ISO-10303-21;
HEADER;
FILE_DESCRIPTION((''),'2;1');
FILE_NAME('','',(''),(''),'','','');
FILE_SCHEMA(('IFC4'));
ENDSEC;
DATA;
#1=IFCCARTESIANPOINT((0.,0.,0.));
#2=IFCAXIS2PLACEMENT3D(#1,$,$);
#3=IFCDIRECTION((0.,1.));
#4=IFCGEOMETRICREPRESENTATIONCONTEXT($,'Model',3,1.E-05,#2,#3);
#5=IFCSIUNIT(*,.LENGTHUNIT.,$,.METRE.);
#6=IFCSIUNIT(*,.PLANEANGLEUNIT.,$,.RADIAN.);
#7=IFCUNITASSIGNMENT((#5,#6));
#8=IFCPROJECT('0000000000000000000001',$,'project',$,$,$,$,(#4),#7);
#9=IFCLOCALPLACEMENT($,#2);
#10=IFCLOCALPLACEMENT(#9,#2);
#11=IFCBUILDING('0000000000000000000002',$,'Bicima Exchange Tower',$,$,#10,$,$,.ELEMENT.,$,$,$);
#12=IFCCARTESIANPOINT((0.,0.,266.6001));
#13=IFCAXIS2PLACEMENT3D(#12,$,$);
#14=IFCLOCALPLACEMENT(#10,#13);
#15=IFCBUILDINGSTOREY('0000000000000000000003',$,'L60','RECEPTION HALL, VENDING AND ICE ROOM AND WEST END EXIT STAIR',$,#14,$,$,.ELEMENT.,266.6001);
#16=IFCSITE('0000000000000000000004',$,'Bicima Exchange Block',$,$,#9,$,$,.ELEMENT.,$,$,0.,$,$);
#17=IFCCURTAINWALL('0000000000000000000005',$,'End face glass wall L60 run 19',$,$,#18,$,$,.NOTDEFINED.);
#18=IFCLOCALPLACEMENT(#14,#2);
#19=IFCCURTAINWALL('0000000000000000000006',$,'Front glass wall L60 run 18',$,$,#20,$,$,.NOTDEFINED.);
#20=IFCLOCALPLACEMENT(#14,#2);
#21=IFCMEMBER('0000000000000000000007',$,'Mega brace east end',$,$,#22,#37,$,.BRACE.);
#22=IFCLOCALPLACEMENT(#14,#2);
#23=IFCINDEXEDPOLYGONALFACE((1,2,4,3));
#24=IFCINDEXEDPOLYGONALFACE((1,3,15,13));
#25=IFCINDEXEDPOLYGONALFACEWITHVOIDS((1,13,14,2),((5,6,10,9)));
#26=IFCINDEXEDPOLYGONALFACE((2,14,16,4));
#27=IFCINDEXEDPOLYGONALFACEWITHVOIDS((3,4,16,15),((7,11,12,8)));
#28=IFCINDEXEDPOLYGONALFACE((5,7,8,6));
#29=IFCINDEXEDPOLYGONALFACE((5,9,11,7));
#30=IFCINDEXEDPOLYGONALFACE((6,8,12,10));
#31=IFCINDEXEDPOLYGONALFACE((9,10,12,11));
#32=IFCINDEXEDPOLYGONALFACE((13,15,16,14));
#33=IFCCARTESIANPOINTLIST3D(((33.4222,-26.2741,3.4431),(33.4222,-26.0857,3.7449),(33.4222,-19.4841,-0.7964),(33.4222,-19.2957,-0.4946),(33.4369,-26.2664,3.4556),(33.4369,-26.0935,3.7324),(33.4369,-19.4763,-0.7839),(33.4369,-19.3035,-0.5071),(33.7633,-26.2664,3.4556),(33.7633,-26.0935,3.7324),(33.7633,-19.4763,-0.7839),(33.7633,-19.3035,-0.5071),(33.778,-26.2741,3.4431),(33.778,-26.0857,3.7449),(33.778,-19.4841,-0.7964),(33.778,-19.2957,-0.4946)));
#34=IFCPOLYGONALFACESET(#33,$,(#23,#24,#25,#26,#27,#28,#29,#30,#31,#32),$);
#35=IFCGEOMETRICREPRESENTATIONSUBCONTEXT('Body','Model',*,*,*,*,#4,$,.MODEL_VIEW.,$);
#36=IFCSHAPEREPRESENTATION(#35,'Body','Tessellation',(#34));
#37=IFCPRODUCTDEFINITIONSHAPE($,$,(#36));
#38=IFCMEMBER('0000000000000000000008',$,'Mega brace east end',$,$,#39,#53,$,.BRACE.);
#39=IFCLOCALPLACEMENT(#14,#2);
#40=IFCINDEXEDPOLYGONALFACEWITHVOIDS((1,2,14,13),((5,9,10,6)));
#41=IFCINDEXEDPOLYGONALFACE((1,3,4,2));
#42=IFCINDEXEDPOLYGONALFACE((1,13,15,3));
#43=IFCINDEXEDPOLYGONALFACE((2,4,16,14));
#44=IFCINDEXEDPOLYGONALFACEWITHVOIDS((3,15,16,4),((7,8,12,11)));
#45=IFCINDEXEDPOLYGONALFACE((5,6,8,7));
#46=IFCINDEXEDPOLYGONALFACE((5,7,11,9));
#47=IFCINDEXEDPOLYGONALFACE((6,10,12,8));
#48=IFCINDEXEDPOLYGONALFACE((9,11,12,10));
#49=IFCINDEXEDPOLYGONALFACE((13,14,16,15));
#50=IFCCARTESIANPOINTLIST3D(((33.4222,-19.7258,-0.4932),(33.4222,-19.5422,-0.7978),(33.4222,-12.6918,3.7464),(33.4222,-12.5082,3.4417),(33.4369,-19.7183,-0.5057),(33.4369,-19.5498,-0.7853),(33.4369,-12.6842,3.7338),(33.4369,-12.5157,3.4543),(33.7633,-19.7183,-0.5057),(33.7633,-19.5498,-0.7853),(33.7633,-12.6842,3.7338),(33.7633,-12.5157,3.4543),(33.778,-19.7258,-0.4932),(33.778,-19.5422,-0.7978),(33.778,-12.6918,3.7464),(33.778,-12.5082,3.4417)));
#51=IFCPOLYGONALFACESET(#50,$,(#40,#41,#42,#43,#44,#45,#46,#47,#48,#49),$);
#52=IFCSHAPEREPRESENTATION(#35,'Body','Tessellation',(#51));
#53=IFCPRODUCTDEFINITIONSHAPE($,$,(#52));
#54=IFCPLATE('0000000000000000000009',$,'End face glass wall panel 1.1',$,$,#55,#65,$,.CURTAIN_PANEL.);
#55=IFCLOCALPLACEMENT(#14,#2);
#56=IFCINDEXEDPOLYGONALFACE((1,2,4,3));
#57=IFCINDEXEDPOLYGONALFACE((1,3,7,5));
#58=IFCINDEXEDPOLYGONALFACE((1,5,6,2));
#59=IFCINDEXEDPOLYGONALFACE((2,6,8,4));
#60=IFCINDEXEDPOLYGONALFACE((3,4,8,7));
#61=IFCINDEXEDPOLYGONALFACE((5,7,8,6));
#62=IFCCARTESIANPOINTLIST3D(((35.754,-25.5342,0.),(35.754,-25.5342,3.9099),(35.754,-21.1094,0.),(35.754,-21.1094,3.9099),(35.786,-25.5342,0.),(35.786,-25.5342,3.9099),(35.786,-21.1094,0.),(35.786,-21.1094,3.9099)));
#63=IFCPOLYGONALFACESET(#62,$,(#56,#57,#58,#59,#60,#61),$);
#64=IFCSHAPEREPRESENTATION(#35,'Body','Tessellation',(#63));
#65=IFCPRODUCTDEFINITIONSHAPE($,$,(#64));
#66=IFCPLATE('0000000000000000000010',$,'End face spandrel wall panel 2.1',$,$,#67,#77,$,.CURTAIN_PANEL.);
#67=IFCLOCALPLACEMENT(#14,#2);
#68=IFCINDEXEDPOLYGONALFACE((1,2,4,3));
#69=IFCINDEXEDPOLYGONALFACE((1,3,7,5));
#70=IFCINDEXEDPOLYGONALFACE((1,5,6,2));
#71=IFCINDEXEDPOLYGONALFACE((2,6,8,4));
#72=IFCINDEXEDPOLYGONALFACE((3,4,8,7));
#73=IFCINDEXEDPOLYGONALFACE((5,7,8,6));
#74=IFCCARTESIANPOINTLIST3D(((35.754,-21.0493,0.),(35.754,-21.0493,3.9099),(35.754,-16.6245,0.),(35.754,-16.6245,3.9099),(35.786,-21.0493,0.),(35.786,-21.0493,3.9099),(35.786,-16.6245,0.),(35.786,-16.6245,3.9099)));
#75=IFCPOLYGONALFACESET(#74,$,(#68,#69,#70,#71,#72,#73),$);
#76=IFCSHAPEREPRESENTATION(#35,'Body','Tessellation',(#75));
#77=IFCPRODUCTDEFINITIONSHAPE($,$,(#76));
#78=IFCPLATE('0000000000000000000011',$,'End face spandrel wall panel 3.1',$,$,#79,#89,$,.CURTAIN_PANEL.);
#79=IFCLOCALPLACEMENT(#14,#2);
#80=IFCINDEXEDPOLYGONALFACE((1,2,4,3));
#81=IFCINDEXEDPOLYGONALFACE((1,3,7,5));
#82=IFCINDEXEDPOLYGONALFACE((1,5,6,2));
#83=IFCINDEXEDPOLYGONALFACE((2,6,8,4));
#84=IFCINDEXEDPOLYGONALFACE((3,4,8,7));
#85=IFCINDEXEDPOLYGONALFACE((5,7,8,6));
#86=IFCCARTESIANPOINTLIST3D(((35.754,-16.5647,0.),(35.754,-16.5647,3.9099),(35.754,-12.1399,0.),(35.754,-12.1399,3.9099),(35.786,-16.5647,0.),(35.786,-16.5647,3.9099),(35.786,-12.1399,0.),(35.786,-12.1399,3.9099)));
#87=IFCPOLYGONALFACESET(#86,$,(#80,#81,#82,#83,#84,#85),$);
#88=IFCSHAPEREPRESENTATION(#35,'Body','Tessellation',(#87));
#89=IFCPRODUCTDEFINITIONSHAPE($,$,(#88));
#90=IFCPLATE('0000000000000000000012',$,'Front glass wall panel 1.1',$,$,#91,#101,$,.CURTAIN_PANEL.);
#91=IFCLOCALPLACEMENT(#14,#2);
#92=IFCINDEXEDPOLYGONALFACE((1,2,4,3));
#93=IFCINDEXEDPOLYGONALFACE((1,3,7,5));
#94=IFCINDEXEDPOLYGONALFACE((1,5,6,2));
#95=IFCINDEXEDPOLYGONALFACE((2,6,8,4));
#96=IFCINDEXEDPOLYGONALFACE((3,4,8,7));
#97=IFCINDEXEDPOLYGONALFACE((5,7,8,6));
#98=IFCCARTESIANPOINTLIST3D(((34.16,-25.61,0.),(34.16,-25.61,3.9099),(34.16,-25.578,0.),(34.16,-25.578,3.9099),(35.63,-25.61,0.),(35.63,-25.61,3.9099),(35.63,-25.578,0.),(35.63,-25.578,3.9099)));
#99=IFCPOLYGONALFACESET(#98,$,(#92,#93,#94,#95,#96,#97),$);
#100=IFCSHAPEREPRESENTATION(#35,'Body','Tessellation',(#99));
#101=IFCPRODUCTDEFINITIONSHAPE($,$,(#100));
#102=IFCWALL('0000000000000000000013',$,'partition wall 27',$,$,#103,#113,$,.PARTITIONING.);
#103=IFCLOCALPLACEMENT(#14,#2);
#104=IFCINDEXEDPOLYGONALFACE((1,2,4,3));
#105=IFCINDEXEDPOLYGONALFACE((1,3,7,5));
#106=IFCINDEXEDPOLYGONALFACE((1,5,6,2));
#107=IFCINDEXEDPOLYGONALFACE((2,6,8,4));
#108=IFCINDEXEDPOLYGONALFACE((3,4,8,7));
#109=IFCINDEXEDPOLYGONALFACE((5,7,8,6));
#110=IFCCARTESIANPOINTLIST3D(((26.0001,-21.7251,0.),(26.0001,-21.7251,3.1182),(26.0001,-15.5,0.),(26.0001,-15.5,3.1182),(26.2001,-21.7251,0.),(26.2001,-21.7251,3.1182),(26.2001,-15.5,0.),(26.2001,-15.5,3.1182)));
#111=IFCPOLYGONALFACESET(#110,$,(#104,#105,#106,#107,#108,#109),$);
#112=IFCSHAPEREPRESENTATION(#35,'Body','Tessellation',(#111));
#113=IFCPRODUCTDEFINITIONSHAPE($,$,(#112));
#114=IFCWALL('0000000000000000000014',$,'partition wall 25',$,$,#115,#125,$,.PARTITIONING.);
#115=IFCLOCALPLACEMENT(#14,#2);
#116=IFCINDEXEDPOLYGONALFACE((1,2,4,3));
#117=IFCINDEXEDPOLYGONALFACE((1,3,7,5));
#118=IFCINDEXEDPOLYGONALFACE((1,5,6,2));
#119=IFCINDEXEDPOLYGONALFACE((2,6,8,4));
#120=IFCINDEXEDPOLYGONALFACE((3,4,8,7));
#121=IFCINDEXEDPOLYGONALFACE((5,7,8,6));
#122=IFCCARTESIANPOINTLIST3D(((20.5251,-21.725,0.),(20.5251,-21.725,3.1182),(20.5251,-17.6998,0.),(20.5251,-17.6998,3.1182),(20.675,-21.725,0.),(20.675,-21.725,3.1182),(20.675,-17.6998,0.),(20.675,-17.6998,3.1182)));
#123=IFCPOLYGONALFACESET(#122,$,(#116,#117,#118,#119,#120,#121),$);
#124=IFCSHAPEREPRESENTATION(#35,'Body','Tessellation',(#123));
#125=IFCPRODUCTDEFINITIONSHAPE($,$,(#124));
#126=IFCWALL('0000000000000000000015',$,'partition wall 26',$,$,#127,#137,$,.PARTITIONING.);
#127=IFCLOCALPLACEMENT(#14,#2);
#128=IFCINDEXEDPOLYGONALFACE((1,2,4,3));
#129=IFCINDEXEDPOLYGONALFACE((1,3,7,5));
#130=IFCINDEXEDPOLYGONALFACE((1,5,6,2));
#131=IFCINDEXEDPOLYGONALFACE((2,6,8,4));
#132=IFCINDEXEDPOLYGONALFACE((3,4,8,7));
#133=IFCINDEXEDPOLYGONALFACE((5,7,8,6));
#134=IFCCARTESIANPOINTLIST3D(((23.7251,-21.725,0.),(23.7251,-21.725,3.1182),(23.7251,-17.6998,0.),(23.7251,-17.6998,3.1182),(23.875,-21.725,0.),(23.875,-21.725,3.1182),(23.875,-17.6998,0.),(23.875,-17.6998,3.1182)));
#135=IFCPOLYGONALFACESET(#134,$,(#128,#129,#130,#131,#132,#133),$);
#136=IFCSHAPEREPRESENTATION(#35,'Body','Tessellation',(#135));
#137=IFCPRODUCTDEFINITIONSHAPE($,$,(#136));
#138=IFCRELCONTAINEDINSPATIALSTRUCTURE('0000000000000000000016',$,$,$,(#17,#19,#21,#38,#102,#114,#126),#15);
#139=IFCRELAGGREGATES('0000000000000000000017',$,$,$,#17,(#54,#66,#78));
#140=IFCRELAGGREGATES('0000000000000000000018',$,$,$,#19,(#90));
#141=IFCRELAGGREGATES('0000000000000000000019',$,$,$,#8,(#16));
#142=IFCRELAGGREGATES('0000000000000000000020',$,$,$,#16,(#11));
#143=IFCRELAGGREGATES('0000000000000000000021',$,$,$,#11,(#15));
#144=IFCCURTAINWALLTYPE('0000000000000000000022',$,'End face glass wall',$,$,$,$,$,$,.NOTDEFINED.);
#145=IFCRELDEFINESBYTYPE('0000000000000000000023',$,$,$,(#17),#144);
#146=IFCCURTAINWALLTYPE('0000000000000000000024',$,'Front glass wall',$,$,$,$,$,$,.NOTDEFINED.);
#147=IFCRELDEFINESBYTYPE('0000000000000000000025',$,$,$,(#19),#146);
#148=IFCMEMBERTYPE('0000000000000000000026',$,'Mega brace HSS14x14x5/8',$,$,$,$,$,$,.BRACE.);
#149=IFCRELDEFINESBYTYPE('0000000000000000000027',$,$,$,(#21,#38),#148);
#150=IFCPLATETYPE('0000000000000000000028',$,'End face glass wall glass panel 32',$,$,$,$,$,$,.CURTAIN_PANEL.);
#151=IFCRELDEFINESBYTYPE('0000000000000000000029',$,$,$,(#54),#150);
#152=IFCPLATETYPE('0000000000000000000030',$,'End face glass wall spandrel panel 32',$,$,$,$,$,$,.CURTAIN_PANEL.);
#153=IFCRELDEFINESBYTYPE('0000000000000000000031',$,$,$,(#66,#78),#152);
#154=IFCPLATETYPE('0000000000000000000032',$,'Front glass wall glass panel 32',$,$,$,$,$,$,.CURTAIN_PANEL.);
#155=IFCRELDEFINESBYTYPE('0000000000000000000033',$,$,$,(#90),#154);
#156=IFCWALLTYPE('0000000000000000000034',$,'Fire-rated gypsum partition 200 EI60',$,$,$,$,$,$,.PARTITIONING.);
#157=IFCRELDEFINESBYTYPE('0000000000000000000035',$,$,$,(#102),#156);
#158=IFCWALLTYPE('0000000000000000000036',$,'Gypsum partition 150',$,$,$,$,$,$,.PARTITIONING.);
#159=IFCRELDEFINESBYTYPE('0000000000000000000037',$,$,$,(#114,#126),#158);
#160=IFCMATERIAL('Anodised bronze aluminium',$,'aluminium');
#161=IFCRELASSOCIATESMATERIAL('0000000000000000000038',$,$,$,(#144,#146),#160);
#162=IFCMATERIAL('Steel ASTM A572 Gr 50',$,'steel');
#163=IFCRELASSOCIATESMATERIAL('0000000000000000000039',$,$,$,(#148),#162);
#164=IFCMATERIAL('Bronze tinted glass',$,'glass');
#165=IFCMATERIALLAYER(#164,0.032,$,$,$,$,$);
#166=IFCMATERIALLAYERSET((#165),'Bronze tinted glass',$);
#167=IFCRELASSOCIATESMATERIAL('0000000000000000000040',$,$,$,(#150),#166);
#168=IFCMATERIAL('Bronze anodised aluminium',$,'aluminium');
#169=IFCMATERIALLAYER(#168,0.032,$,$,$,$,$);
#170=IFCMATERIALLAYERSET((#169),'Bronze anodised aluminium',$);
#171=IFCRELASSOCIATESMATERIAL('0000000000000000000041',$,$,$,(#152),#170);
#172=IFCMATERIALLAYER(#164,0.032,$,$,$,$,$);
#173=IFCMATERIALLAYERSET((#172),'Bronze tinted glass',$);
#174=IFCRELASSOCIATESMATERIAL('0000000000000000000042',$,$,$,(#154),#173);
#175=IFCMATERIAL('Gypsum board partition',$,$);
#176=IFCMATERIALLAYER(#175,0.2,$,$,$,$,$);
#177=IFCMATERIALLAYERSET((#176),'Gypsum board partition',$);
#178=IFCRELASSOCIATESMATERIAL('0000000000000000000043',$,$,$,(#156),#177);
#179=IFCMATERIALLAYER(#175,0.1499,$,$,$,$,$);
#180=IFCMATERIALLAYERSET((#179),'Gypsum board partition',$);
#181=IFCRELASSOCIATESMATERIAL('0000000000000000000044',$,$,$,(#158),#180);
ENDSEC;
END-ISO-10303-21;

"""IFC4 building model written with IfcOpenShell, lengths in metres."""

from ifc_helpers import new_model, si_unit, direction, frame, frame_2d, origin, origin_2d, place, context, subcontext, project, spatial, rectangle, hollow_rectangle, extrude, material, layer, layer_set, material_profile, profile_set, type_object, element, aggregate, save


model = new_model("IFC4")

# Units and contexts
model_context = context("Model", 3, precision=1e-05, world=origin(), true_north=direction((0.0, 1.0)))
body_context = subcontext(model_context, "Body", "Model", "MODEL_VIEW")
ifc_project = project(units=[si_unit("LENGTHUNIT", "METRE"), si_unit("PLANEANGLEUNIT", "RADIAN")], contexts=[model_context])

# Site, building, storey
site_placement = place(None, origin())
site = spatial("IfcSite", under=ifc_project, at=site_placement, Name="Bicima Exchange Block", CompositionType="ELEMENT", RefElevation=0.0)
building_placement = place(site_placement, origin())
building = spatial("IfcBuilding", under=site, at=building_placement, Name="Bicima Exchange Tower", CompositionType="ELEMENT")
storey_placement = place(building_placement, frame((0.0, 0.0, 266.6001)))
storey = spatial("IfcBuildingStorey", under=building, at=storey_placement, Name="L60", Description="RECEPTION HALL, VENDING AND ICE ROOM AND WEST END EXIT STAIR", CompositionType="ELEMENT", Elevation=266.6001)

# Curtain wall
ifc_material_1 = material(Name="Anodised bronze aluminium", Category="aluminium")
curtain_wall_type_1 = type_object("IfcCurtainWallType", Name="End face glass wall", PredefinedType="NOTDEFINED", material=ifc_material_1)
curtain_wall_1_placement = place(storey_placement, origin())
curtain_wall_1 = element("IfcCurtainWall", 1, at=curtain_wall_1_placement, inside=storey, type_object=curtain_wall_type_1, Name="End face glass wall L60 run 19", PredefinedType="NOTDEFINED")

# Curtain wall
curtain_wall_type_2 = type_object("IfcCurtainWallType", Name="Front glass wall", PredefinedType="NOTDEFINED", material=ifc_material_1)
curtain_wall_2_placement = place(storey_placement, origin())
curtain_wall_2 = element("IfcCurtainWall", 2, at=curtain_wall_2_placement, inside=storey, type_object=curtain_wall_type_2, Name="Front glass wall L60 run 18", PredefinedType="NOTDEFINED")

# Members
ifc_material_2 = material(Name="Steel ASTM A572 Gr 50", Category="steel")
ifc_material_profile_1 = material_profile(ifc_material_2, hollow_rectangle(XDim=0.3557, YDim=0.3557, WallThickness=0.0146, at=origin_2d()))
ifc_profile_set_1 = profile_set([ifc_material_profile_1], Name="Steel ASTM A572 Gr 50")
member_type_1 = type_object("IfcMemberType", Name="Mega brace HSS14x14x5/8", PredefinedType="BRACE", material=ifc_profile_set_1)
member_1_placement = place(storey_placement, frame((33.6001, -19.3899, -0.6455), z_axis=(0.0, -0.848238, 0.529615), x_axis=(1.0, 0.0, 0.0)))
element("IfcMember", 3, at=member_1_placement, inside=storey, type_object=member_type_1, Name="Mega brace east end", PredefinedType="BRACE", context=body_context, shape_type="SweptSolid", body=[
    extrude(hollow_rectangle(XDim=0.3557, YDim=0.3557, WallThickness=0.0146, at=origin_2d()), origin(), (0.0, 0.0, 1.0), 8.0049),
])
member_2_placement = place(storey_placement, frame((33.6001, -19.634, -0.6455), z_axis=(0.0, 0.856463, 0.516208), x_axis=(-1.0, 0.0, 0.0)))
element("IfcMember", 4, at=member_2_placement, inside=storey, type_object=member_type_1, Name="Mega brace east end", PredefinedType="BRACE", context=body_context, shape_type="SweptSolid", body=[
    extrude(hollow_rectangle(XDim=0.3557, YDim=0.3557, WallThickness=0.0146, at=origin_2d()), origin(), (0.0, 0.0, 1.0), 8.2129),
])

# Plates
ifc_material_3 = material(Name="Bronze tinted glass", Category="glass")
ifc_layer_1 = layer(ifc_material_3, 0.032)
ifc_layer_set_1 = layer_set([ifc_layer_1], Name="Bronze tinted glass")
plate_type_1 = type_object("IfcPlateType", Name="End face glass wall glass panel 32", PredefinedType="CURTAIN_PANEL", material=ifc_layer_set_1)
plate_1_placement = place(storey_placement, frame((35.77, -23.3218, 0.0), z_axis=(0.0, 0.0, 1.0), x_axis=(0.0, 1.0, 0.0)))
plate_1 = element("IfcPlate", 5, at=plate_1_placement, type_object=plate_type_1, Name="End face glass wall panel 1.1", PredefinedType="CURTAIN_PANEL", context=body_context, shape_type="SweptSolid", body=[
    extrude(rectangle(XDim=4.4248, YDim=0.032, at=origin_2d()), origin(), (0.0, 0.0, 1.0), 3.9099),
])
ifc_material_4 = material(Name="Bronze anodised aluminium", Category="aluminium")
ifc_layer_2 = layer(ifc_material_4, 0.032)
ifc_layer_set_2 = layer_set([ifc_layer_2], Name="Bronze anodised aluminium")
plate_type_2 = type_object("IfcPlateType", Name="End face glass wall spandrel panel 32", PredefinedType="CURTAIN_PANEL", material=ifc_layer_set_2)
plate_2_placement = place(storey_placement, frame((35.77, -18.8369, 0.0), z_axis=(0.0, 0.0, 1.0), x_axis=(0.0, 1.0, 0.0)))
plate_2 = element("IfcPlate", 6, at=plate_2_placement, type_object=plate_type_2, Name="End face spandrel wall panel 2.1", PredefinedType="CURTAIN_PANEL", context=body_context, shape_type="SweptSolid", body=[
    extrude(rectangle(XDim=4.4248, YDim=0.032, at=origin_2d()), origin(), (0.0, 0.0, 1.0), 3.9099),
])
plate_3_placement = place(storey_placement, frame((35.77, -14.3523, 0.0), z_axis=(0.0, 0.0, 1.0), x_axis=(0.0, 1.0, 0.0)))
plate_3 = element("IfcPlate", 7, at=plate_3_placement, type_object=plate_type_2, Name="End face spandrel wall panel 3.1", PredefinedType="CURTAIN_PANEL", context=body_context, shape_type="SweptSolid", body=[
    extrude(rectangle(XDim=4.4248, YDim=0.032, at=origin_2d()), origin(), (0.0, 0.0, 1.0), 3.9099),
])
aggregate(curtain_wall_1, [plate_1, plate_2, plate_3])
ifc_layer_3 = layer(ifc_material_3, 0.032)
ifc_layer_set_3 = layer_set([ifc_layer_3], Name="Bronze tinted glass")
plate_type_3 = type_object("IfcPlateType", Name="Front glass wall glass panel 32", PredefinedType="CURTAIN_PANEL", material=ifc_layer_set_3)
plate_4_placement = place(storey_placement, frame((34.895, -25.594, 0.0), z_axis=(0.0, 0.0, 1.0), x_axis=(1.0, 0.0, 0.0)))
plate_4 = element("IfcPlate", 8, at=plate_4_placement, type_object=plate_type_3, Name="Front glass wall panel 1.1", PredefinedType="CURTAIN_PANEL", context=body_context, shape_type="SweptSolid", body=[
    extrude(rectangle(XDim=1.47, YDim=0.032, at=origin_2d()), origin(), (0.0, 0.0, 1.0), 3.9099),
])
aggregate(curtain_wall_2, [plate_4])

# Walls
ifc_material_5 = material(Name="Gypsum board partition")
ifc_layer_4 = layer(ifc_material_5, 0.2)
ifc_layer_set_4 = layer_set([ifc_layer_4], Name="Gypsum board partition")
wall_type_1 = type_object("IfcWallType", Name="Fire-rated gypsum partition 200 EI60", PredefinedType="PARTITIONING", material=ifc_layer_set_4)
wall_placement = place(storey_placement, frame((26.1001, -21.7251, 0.0), z_axis=(0.0, 0.0, 1.0), x_axis=(0.0, 1.0, 0.0)))
element("IfcWall", 9, at=wall_placement, inside=storey, type_object=wall_type_1, Name="partition wall 27", PredefinedType="PARTITIONING", context=body_context, shape_type="SweptSolid", body=[
    extrude(rectangle(XDim=6.2251, YDim=0.2, at=frame_2d((3.1125, 0.0))), origin(), (0.0, 0.0, 1.0), 3.1182),
])
ifc_layer_5 = layer(ifc_material_5, 0.1499)
ifc_layer_set_5 = layer_set([ifc_layer_5], Name="Gypsum board partition")
wall_type_2 = type_object("IfcWallType", Name="Gypsum partition 150", PredefinedType="PARTITIONING", material=ifc_layer_set_5)
for number, where, z_axis, x_axis, name in (
    (10, (20.6001, -21.7251, 0.0), (0.0, 0.0, 1.0), (0.0, 1.0, 0.0), "partition wall 25"),
    (11, (23.8, -21.7251, 0.0), (0.0, 0.0, 1.0), (0.0, 1.0, 0.0), "partition wall 26"),
):
    element("IfcWall", number, at=place(storey_placement, frame(where, z_axis=z_axis, x_axis=x_axis)), inside=storey, type_object=wall_type_2, Name=name, PredefinedType="PARTITIONING", context=body_context, shape_type="SweptSolid", body=[
        extrude(rectangle(XDim=4.0251, YDim=0.1499, at=frame_2d((2.0127, 0.0))), origin(), (0.0, 0.0, 1.0), 3.1182),
    ])

save(model, "model.ifc")
